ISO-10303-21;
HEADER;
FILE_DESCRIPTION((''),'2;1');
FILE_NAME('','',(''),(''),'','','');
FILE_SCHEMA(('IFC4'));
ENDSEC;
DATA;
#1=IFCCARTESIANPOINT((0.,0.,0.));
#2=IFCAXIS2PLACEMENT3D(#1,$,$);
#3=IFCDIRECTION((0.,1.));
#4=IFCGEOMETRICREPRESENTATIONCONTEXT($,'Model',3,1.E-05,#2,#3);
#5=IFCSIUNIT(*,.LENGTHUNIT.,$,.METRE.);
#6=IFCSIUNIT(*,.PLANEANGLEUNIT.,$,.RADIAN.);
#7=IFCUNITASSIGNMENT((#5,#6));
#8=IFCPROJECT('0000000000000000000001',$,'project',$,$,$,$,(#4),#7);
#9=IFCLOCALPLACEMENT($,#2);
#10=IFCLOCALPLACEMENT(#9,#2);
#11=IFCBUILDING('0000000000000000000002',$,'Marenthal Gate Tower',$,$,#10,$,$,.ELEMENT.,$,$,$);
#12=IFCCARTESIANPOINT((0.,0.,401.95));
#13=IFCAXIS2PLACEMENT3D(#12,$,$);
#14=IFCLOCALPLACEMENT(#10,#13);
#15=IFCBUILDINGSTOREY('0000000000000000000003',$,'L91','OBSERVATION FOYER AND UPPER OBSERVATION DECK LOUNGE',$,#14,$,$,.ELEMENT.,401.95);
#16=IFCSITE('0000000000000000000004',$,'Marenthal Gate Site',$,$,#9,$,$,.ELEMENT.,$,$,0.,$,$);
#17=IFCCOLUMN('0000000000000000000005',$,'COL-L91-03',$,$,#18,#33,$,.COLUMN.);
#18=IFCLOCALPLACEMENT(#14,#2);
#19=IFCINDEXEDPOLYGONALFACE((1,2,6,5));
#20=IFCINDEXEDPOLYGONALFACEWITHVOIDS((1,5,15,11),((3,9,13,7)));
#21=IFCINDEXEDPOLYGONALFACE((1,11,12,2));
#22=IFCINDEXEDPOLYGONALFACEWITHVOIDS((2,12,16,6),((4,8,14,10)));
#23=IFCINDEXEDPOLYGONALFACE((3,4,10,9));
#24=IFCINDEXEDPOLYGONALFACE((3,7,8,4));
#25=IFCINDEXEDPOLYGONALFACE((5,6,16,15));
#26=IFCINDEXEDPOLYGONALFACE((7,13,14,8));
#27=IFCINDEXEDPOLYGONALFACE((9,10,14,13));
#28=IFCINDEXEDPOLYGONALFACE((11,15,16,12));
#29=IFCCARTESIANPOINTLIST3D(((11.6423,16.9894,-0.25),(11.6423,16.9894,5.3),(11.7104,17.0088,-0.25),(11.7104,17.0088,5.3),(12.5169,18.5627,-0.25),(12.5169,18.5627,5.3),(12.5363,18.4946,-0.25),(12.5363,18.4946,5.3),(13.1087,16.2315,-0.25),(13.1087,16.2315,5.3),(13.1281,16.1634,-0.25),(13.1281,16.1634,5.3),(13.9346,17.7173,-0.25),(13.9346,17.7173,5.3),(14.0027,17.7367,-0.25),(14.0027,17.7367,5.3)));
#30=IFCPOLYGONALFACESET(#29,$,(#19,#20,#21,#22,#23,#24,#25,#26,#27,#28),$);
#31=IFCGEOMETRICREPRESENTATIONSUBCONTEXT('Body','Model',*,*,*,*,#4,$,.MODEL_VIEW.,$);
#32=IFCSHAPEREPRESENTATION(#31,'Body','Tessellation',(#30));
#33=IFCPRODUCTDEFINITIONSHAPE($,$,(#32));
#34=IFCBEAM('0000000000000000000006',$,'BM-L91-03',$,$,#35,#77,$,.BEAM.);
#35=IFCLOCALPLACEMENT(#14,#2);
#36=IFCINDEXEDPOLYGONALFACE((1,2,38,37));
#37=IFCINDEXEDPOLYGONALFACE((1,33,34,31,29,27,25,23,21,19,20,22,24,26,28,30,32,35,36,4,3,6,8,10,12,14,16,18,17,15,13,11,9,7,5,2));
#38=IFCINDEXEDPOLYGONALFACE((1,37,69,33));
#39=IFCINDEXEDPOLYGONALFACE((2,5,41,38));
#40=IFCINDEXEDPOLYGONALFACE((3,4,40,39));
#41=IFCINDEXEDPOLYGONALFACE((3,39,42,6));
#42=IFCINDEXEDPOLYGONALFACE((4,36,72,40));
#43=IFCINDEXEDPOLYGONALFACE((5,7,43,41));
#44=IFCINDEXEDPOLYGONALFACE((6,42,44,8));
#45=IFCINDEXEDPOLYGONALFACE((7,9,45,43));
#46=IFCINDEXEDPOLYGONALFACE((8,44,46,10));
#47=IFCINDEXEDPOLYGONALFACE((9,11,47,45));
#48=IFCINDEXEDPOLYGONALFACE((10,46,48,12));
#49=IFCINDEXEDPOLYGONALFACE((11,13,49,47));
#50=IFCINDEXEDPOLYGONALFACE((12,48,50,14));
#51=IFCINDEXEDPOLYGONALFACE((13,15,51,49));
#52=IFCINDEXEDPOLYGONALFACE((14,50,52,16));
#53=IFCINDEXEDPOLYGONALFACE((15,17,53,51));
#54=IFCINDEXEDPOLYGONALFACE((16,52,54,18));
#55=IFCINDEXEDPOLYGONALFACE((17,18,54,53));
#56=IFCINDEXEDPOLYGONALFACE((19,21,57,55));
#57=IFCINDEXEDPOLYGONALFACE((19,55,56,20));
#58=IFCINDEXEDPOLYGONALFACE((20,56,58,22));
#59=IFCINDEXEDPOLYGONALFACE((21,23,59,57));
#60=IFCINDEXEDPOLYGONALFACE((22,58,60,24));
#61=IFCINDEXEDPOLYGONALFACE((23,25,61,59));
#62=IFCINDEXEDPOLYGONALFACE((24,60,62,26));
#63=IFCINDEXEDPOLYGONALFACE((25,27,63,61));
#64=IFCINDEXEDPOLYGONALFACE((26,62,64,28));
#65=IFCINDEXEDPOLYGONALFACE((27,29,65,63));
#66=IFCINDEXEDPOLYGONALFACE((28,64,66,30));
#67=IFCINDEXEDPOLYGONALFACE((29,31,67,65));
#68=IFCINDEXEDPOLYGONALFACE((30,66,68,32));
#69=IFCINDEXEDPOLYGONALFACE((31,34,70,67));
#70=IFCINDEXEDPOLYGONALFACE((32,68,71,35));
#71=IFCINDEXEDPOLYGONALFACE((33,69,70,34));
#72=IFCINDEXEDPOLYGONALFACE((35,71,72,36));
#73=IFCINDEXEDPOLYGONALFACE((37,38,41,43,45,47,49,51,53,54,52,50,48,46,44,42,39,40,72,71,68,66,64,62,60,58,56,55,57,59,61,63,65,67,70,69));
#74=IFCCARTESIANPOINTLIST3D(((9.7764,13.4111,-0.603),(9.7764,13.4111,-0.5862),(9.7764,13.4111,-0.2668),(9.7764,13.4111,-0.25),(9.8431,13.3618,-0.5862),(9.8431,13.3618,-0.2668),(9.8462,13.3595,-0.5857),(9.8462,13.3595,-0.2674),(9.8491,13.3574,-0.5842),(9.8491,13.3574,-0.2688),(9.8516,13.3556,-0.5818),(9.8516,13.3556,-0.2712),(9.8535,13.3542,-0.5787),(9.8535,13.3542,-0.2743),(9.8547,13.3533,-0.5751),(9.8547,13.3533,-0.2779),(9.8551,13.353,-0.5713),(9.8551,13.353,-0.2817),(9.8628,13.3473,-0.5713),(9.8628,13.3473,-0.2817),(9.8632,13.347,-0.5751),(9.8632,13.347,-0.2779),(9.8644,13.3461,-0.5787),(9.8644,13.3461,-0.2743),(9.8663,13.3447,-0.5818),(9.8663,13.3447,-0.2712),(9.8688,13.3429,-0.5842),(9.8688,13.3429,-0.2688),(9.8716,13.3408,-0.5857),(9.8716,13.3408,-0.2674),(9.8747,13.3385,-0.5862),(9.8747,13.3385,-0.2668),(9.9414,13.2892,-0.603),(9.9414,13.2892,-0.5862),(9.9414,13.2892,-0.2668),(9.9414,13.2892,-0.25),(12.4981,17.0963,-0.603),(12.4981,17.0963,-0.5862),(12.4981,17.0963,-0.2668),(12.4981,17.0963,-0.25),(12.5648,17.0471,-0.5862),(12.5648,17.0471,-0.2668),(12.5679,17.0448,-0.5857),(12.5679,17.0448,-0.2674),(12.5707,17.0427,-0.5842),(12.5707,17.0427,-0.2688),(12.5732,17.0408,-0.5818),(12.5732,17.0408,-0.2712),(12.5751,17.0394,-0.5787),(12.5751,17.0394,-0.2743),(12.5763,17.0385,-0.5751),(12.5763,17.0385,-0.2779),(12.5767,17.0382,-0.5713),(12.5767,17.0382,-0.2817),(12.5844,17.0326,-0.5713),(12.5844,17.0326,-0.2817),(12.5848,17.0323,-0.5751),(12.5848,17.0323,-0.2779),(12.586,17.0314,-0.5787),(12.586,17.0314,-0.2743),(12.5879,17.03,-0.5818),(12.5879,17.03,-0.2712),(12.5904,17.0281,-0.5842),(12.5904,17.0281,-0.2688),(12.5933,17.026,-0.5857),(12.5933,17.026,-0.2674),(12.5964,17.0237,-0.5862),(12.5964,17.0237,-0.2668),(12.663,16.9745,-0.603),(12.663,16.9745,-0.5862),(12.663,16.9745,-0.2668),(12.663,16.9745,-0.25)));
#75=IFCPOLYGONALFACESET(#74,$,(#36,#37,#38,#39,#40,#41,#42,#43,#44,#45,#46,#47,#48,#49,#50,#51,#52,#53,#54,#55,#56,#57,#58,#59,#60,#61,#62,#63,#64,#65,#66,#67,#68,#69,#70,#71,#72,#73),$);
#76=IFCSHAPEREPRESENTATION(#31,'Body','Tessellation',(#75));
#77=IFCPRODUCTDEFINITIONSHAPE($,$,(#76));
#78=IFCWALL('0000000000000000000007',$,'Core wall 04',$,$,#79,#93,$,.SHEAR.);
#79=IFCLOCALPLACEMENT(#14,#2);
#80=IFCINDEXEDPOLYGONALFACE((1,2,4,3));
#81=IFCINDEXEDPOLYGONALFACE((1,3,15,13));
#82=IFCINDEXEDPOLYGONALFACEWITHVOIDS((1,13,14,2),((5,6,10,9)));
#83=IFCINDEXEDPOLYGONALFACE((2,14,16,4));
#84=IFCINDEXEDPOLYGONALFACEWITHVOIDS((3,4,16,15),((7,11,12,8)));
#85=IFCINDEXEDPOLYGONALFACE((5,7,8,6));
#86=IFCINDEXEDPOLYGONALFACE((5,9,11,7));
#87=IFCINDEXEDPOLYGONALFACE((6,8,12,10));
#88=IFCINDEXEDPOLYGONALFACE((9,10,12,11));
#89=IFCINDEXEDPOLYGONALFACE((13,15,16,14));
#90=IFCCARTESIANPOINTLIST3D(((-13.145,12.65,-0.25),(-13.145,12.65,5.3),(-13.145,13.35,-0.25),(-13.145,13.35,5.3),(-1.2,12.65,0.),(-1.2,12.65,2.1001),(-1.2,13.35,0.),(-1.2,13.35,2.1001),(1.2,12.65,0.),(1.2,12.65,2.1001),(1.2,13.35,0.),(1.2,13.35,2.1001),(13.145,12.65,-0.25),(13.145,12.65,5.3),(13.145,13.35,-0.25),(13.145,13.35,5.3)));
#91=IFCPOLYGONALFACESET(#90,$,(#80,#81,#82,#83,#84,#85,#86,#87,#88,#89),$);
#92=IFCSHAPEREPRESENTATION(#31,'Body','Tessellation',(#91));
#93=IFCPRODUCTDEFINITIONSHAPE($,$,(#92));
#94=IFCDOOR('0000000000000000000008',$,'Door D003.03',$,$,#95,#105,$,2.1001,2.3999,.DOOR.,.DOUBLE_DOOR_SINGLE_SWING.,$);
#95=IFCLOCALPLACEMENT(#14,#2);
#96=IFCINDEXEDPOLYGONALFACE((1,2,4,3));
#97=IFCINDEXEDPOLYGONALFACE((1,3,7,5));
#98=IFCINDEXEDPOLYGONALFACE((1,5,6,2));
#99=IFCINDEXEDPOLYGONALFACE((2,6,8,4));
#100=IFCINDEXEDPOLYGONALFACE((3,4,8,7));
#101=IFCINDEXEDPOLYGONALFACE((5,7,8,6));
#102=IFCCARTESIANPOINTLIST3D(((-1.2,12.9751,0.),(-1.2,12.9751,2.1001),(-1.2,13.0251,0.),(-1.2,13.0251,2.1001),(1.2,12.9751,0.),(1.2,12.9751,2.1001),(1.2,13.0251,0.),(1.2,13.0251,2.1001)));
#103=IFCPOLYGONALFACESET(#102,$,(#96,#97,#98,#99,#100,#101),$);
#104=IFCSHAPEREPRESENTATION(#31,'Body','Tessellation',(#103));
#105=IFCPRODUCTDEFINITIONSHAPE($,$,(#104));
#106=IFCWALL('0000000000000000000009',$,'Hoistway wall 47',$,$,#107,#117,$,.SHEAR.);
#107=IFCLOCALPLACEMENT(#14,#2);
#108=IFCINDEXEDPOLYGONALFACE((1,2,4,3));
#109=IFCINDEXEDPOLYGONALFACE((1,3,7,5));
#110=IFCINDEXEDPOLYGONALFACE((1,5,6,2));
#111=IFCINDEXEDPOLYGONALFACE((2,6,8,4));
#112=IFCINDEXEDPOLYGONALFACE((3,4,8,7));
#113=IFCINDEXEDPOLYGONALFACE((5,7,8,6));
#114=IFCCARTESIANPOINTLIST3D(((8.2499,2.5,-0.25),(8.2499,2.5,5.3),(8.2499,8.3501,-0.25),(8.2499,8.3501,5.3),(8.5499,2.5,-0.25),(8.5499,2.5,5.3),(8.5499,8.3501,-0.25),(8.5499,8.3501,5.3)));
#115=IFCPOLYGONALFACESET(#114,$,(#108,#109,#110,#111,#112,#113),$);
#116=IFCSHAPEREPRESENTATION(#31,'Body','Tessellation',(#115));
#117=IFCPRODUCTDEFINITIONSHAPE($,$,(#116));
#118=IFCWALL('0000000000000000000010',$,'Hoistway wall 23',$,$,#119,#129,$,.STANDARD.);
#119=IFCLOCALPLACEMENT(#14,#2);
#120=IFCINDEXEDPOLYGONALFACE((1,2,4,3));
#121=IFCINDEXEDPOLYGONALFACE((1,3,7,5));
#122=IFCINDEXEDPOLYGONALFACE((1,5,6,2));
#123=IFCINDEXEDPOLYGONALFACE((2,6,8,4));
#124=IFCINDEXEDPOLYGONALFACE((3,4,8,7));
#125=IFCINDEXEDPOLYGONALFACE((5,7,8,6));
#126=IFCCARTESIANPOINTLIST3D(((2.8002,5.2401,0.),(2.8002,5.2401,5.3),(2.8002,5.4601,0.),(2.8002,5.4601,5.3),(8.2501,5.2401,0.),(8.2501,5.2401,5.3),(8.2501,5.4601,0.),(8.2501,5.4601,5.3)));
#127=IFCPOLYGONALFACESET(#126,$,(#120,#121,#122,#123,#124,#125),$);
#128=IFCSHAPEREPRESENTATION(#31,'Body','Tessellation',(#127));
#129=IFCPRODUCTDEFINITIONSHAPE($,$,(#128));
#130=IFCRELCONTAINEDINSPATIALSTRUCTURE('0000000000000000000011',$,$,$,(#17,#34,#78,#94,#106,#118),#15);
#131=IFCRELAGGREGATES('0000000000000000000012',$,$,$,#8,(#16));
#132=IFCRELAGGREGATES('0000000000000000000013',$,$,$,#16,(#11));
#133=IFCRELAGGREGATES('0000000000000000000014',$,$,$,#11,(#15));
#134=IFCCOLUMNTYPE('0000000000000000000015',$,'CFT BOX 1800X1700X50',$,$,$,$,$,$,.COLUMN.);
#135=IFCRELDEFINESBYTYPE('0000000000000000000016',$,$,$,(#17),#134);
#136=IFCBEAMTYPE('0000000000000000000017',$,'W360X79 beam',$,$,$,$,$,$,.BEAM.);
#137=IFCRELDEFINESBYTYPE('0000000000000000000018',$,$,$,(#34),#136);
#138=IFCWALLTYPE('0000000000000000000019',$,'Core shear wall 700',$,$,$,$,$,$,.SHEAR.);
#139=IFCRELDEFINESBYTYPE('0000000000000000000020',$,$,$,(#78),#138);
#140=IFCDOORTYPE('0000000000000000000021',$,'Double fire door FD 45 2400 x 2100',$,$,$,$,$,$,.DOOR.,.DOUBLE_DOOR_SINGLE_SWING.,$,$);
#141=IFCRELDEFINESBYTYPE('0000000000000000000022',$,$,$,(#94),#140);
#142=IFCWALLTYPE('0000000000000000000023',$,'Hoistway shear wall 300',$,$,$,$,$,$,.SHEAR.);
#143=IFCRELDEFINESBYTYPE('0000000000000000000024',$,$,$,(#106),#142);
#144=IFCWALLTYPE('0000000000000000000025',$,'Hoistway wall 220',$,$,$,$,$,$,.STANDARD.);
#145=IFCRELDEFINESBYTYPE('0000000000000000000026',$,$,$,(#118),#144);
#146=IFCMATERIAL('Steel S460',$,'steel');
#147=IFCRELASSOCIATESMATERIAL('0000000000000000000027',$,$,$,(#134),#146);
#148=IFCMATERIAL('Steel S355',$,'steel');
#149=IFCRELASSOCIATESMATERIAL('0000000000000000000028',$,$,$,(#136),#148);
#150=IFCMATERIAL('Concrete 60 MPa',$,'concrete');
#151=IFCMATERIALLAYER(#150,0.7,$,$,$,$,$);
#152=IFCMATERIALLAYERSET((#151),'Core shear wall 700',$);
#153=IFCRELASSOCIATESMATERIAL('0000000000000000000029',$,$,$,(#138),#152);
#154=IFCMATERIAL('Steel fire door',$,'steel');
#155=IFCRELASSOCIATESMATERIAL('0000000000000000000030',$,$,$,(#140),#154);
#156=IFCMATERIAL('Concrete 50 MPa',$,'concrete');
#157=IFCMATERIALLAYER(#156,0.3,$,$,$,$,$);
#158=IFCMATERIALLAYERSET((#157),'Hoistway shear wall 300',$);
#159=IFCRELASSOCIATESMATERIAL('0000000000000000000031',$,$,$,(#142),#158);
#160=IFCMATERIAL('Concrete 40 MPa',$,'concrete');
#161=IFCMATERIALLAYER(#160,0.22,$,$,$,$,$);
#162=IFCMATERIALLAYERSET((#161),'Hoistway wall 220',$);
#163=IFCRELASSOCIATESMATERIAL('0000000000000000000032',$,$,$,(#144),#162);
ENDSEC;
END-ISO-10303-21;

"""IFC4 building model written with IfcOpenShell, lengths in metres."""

from ifc_helpers import new_model, si_unit, direction, frame, frame_2d, origin, origin_2d, place, context, subcontext, project, spatial, rectangle, hollow_rectangle, i_section, extrude, material, layer, layer_set, material_profile, profile_set, type_object, element, fill, save


model = new_model("IFC4")

# Units and contexts
model_context = context("Model", 3, precision=1e-05, world=origin(), true_north=direction((0.0, 1.0)))
body_context = subcontext(model_context, "Body", "Model", "MODEL_VIEW")
ifc_project = project(units=[si_unit("LENGTHUNIT", "METRE"), si_unit("PLANEANGLEUNIT", "RADIAN")], contexts=[model_context])

# Site, building, storey
site_placement = place(None, origin())
site = spatial("IfcSite", under=ifc_project, at=site_placement, Name="Marenthal Gate Site", CompositionType="ELEMENT", RefElevation=0.0)
building_placement = place(site_placement, origin())
building = spatial("IfcBuilding", under=site, at=building_placement, Name="Marenthal Gate Tower", CompositionType="ELEMENT")
storey_placement = place(building_placement, frame((0.0, 0.0, 401.95)))
storey = spatial("IfcBuildingStorey", under=building, at=storey_placement, Name="L91", Description="OBSERVATION FOYER AND UPPER OBSERVATION DECK LOUNGE", CompositionType="ELEMENT", Elevation=401.95)

# Column
ifc_material_1 = material(Name="Steel S460", Category="steel")
ifc_material_profile_1 = material_profile(ifc_material_1, hollow_rectangle(XDim=1.7, YDim=1.8, WallThickness=0.05, at=origin_2d()), Name="CFT BOX 1800X1700X50")
ifc_material_2 = material(Name="Concrete 70 MPa", Category="concrete")
ifc_material_profile_2 = material_profile(ifc_material_2, rectangle(XDim=1.6001, YDim=1.7, at=origin_2d()), Name="CFT BOX 1800X1700X50 INFILL")
ifc_profile_set_1 = profile_set([ifc_material_profile_1, ifc_material_profile_2], Name="Steel S460 shell, Concrete 70 MPa infill")
column_type = type_object("IfcColumnType", Name="CFT BOX 1800X1700X50", PredefinedType="COLUMN", material=ifc_profile_set_1)
column_placement = place(storey_placement, frame((12.8225, 17.363, -0.25), z_axis=(0.0, 0.0, 1.0), x_axis=(0.874037, -0.48586, 0.0)))
element("IfcColumn", 1, at=column_placement, inside=storey, type_object=column_type, Name="COL-L91-03", PredefinedType="COLUMN", context=body_context, shape_type="SweptSolid", body=[
    extrude(hollow_rectangle(XDim=1.7, YDim=1.8, WallThickness=0.05, at=origin_2d()), origin(), (0.0, 0.0, 1.0), 5.55),
])

# Beam
ifc_material_3 = material(Name="Steel S355", Category="steel")
ifc_material_profile_3 = material_profile(ifc_material_3, i_section(OverallWidth=0.2051, OverallDepth=0.353, WebThickness=0.0095, FlangeThickness=0.0168, FilletRadius=0.0149, at=origin_2d()), Name="W360X79")
ifc_profile_set_2 = profile_set([ifc_material_profile_3], Name="Steel S355")
beam_type = type_object("IfcBeamType", Name="W360X79 beam", PredefinedType="BEAM", material=ifc_profile_set_2)
beam_placement = place(storey_placement, frame((12.5806, 17.0354, -0.4265), z_axis=(-0.594075, -0.80441, 0.0), x_axis=(0.80441, -0.594075, 0.0)))
element("IfcBeam", 2, at=beam_placement, inside=storey, type_object=beam_type, Name="BM-L91-03", PredefinedType="BEAM", context=body_context, shape_type="SweptSolid", body=[
    extrude(i_section(OverallWidth=0.2051, OverallDepth=0.353, WebThickness=0.0095, FlangeThickness=0.0168, FilletRadius=0.0149, at=origin_2d()), origin(), (0.0, 0.0, 1.0), 4.5813),
])

# Wall, opening, door
ifc_material_4 = material(Name="Concrete 60 MPa", Category="concrete")
ifc_layer_1 = layer(ifc_material_4, 0.7)
ifc_layer_set_1 = layer_set([ifc_layer_1], Name="Core shear wall 700")
wall_type_1 = type_object("IfcWallType", Name="Core shear wall 700", PredefinedType="SHEAR", material=ifc_layer_set_1)
wall_1_placement = place(storey_placement, frame((13.145, 13.0, -0.25), z_axis=(0.0, 0.0, 1.0), x_axis=(-1.0, 0.0, 0.0)))
wall_1 = element("IfcWall", 3, at=wall_1_placement, inside=storey, type_object=wall_type_1, Name="Core wall 04", PredefinedType="SHEAR", context=body_context, shape_type="SweptSolid", body=[
    extrude(rectangle(XDim=26.29, YDim=0.7, at=frame_2d((13.145, 0.0))), origin(), (0.0, 0.0, 1.0), 5.55),
])
opening_1_placement = place(wall_1_placement, frame((11.9451, 0.0, 0.25)))
opening_1 = element("IfcOpeningElement", 4, at=opening_1_placement, cuts=wall_1, PredefinedType="OPENING", context=body_context, shape_type="SweptSolid", body=[
    extrude(rectangle(XDim=2.3999, YDim=2.1001, at=frame_2d((1.2, 1.05))), frame((0.0, 0.3599, 0.0), z_axis=(0.0, -1.0, 0.0), x_axis=(1.0, 0.0, 0.0)), (0.0, 0.0, 1.0), 0.72),
])
ifc_material_5 = material(Name="Steel fire door", Category="steel")
door_type_1 = type_object("IfcDoorType", Name="Double fire door FD 45 2400 x 2100", OperationType="DOUBLE_DOOR_SINGLE_SWING", PredefinedType="DOOR", material=ifc_material_5)
door_1_placement = place(opening_1_placement, origin())
door_1 = element("IfcDoor", 5, at=door_1_placement, inside=storey, type_object=door_type_1, Name="Door D003.03", OperationType="DOUBLE_DOOR_SINGLE_SWING", OverallHeight=2.1001, OverallWidth=2.3999, PredefinedType="DOOR", context=body_context, shape_type="SweptSolid", body=[
    extrude(rectangle(XDim=2.3999, YDim=2.1001, at=frame_2d((1.2, 1.05))), frame((0.0, 0.0249, 0.0), z_axis=(0.0, -1.0, 0.0), x_axis=(1.0, 0.0, 0.0)), (0.0, 0.0, 1.0), 0.05),
])
fill(opening_1, door_1)

# Walls
ifc_material_6 = material(Name="Concrete 50 MPa", Category="concrete")
ifc_layer_2 = layer(ifc_material_6, 0.3)
ifc_layer_set_2 = layer_set([ifc_layer_2], Name="Hoistway shear wall 300")
wall_type_2 = type_object("IfcWallType", Name="Hoistway shear wall 300", PredefinedType="SHEAR", material=ifc_layer_set_2)
wall_2_placement = place(storey_placement, frame((8.3999, 2.5, -0.25), z_axis=(0.0, 0.0, 1.0), x_axis=(0.0, 1.0, 0.0)))
element("IfcWall", 6, at=wall_2_placement, inside=storey, type_object=wall_type_2, Name="Hoistway wall 47", PredefinedType="SHEAR", context=body_context, shape_type="SweptSolid", body=[
    extrude(rectangle(XDim=5.8501, YDim=0.3, at=frame_2d((2.925, 0.0))), origin(), (0.0, 0.0, 1.0), 5.55),
])
ifc_material_7 = material(Name="Concrete 40 MPa", Category="concrete")
ifc_layer_3 = layer(ifc_material_7, 0.22)
ifc_layer_set_3 = layer_set([ifc_layer_3], Name="Hoistway wall 220")
wall_type_3 = type_object("IfcWallType", Name="Hoistway wall 220", PredefinedType="STANDARD", material=ifc_layer_set_3)
wall_3_placement = place(storey_placement, frame((2.8, 5.3501, 0.0), z_axis=(0.0, 0.0, 1.0), x_axis=(1.0, 0.0, 0.0)))
element("IfcWall", 7, at=wall_3_placement, inside=storey, type_object=wall_type_3, Name="Hoistway wall 23", PredefinedType="STANDARD", context=body_context, shape_type="SweptSolid", body=[
    extrude(rectangle(XDim=5.45, YDim=0.22, at=frame_2d((2.7251, 0.0))), origin(), (0.0, 0.0, 1.0), 5.3),
])

save(model, "model.ifc")
